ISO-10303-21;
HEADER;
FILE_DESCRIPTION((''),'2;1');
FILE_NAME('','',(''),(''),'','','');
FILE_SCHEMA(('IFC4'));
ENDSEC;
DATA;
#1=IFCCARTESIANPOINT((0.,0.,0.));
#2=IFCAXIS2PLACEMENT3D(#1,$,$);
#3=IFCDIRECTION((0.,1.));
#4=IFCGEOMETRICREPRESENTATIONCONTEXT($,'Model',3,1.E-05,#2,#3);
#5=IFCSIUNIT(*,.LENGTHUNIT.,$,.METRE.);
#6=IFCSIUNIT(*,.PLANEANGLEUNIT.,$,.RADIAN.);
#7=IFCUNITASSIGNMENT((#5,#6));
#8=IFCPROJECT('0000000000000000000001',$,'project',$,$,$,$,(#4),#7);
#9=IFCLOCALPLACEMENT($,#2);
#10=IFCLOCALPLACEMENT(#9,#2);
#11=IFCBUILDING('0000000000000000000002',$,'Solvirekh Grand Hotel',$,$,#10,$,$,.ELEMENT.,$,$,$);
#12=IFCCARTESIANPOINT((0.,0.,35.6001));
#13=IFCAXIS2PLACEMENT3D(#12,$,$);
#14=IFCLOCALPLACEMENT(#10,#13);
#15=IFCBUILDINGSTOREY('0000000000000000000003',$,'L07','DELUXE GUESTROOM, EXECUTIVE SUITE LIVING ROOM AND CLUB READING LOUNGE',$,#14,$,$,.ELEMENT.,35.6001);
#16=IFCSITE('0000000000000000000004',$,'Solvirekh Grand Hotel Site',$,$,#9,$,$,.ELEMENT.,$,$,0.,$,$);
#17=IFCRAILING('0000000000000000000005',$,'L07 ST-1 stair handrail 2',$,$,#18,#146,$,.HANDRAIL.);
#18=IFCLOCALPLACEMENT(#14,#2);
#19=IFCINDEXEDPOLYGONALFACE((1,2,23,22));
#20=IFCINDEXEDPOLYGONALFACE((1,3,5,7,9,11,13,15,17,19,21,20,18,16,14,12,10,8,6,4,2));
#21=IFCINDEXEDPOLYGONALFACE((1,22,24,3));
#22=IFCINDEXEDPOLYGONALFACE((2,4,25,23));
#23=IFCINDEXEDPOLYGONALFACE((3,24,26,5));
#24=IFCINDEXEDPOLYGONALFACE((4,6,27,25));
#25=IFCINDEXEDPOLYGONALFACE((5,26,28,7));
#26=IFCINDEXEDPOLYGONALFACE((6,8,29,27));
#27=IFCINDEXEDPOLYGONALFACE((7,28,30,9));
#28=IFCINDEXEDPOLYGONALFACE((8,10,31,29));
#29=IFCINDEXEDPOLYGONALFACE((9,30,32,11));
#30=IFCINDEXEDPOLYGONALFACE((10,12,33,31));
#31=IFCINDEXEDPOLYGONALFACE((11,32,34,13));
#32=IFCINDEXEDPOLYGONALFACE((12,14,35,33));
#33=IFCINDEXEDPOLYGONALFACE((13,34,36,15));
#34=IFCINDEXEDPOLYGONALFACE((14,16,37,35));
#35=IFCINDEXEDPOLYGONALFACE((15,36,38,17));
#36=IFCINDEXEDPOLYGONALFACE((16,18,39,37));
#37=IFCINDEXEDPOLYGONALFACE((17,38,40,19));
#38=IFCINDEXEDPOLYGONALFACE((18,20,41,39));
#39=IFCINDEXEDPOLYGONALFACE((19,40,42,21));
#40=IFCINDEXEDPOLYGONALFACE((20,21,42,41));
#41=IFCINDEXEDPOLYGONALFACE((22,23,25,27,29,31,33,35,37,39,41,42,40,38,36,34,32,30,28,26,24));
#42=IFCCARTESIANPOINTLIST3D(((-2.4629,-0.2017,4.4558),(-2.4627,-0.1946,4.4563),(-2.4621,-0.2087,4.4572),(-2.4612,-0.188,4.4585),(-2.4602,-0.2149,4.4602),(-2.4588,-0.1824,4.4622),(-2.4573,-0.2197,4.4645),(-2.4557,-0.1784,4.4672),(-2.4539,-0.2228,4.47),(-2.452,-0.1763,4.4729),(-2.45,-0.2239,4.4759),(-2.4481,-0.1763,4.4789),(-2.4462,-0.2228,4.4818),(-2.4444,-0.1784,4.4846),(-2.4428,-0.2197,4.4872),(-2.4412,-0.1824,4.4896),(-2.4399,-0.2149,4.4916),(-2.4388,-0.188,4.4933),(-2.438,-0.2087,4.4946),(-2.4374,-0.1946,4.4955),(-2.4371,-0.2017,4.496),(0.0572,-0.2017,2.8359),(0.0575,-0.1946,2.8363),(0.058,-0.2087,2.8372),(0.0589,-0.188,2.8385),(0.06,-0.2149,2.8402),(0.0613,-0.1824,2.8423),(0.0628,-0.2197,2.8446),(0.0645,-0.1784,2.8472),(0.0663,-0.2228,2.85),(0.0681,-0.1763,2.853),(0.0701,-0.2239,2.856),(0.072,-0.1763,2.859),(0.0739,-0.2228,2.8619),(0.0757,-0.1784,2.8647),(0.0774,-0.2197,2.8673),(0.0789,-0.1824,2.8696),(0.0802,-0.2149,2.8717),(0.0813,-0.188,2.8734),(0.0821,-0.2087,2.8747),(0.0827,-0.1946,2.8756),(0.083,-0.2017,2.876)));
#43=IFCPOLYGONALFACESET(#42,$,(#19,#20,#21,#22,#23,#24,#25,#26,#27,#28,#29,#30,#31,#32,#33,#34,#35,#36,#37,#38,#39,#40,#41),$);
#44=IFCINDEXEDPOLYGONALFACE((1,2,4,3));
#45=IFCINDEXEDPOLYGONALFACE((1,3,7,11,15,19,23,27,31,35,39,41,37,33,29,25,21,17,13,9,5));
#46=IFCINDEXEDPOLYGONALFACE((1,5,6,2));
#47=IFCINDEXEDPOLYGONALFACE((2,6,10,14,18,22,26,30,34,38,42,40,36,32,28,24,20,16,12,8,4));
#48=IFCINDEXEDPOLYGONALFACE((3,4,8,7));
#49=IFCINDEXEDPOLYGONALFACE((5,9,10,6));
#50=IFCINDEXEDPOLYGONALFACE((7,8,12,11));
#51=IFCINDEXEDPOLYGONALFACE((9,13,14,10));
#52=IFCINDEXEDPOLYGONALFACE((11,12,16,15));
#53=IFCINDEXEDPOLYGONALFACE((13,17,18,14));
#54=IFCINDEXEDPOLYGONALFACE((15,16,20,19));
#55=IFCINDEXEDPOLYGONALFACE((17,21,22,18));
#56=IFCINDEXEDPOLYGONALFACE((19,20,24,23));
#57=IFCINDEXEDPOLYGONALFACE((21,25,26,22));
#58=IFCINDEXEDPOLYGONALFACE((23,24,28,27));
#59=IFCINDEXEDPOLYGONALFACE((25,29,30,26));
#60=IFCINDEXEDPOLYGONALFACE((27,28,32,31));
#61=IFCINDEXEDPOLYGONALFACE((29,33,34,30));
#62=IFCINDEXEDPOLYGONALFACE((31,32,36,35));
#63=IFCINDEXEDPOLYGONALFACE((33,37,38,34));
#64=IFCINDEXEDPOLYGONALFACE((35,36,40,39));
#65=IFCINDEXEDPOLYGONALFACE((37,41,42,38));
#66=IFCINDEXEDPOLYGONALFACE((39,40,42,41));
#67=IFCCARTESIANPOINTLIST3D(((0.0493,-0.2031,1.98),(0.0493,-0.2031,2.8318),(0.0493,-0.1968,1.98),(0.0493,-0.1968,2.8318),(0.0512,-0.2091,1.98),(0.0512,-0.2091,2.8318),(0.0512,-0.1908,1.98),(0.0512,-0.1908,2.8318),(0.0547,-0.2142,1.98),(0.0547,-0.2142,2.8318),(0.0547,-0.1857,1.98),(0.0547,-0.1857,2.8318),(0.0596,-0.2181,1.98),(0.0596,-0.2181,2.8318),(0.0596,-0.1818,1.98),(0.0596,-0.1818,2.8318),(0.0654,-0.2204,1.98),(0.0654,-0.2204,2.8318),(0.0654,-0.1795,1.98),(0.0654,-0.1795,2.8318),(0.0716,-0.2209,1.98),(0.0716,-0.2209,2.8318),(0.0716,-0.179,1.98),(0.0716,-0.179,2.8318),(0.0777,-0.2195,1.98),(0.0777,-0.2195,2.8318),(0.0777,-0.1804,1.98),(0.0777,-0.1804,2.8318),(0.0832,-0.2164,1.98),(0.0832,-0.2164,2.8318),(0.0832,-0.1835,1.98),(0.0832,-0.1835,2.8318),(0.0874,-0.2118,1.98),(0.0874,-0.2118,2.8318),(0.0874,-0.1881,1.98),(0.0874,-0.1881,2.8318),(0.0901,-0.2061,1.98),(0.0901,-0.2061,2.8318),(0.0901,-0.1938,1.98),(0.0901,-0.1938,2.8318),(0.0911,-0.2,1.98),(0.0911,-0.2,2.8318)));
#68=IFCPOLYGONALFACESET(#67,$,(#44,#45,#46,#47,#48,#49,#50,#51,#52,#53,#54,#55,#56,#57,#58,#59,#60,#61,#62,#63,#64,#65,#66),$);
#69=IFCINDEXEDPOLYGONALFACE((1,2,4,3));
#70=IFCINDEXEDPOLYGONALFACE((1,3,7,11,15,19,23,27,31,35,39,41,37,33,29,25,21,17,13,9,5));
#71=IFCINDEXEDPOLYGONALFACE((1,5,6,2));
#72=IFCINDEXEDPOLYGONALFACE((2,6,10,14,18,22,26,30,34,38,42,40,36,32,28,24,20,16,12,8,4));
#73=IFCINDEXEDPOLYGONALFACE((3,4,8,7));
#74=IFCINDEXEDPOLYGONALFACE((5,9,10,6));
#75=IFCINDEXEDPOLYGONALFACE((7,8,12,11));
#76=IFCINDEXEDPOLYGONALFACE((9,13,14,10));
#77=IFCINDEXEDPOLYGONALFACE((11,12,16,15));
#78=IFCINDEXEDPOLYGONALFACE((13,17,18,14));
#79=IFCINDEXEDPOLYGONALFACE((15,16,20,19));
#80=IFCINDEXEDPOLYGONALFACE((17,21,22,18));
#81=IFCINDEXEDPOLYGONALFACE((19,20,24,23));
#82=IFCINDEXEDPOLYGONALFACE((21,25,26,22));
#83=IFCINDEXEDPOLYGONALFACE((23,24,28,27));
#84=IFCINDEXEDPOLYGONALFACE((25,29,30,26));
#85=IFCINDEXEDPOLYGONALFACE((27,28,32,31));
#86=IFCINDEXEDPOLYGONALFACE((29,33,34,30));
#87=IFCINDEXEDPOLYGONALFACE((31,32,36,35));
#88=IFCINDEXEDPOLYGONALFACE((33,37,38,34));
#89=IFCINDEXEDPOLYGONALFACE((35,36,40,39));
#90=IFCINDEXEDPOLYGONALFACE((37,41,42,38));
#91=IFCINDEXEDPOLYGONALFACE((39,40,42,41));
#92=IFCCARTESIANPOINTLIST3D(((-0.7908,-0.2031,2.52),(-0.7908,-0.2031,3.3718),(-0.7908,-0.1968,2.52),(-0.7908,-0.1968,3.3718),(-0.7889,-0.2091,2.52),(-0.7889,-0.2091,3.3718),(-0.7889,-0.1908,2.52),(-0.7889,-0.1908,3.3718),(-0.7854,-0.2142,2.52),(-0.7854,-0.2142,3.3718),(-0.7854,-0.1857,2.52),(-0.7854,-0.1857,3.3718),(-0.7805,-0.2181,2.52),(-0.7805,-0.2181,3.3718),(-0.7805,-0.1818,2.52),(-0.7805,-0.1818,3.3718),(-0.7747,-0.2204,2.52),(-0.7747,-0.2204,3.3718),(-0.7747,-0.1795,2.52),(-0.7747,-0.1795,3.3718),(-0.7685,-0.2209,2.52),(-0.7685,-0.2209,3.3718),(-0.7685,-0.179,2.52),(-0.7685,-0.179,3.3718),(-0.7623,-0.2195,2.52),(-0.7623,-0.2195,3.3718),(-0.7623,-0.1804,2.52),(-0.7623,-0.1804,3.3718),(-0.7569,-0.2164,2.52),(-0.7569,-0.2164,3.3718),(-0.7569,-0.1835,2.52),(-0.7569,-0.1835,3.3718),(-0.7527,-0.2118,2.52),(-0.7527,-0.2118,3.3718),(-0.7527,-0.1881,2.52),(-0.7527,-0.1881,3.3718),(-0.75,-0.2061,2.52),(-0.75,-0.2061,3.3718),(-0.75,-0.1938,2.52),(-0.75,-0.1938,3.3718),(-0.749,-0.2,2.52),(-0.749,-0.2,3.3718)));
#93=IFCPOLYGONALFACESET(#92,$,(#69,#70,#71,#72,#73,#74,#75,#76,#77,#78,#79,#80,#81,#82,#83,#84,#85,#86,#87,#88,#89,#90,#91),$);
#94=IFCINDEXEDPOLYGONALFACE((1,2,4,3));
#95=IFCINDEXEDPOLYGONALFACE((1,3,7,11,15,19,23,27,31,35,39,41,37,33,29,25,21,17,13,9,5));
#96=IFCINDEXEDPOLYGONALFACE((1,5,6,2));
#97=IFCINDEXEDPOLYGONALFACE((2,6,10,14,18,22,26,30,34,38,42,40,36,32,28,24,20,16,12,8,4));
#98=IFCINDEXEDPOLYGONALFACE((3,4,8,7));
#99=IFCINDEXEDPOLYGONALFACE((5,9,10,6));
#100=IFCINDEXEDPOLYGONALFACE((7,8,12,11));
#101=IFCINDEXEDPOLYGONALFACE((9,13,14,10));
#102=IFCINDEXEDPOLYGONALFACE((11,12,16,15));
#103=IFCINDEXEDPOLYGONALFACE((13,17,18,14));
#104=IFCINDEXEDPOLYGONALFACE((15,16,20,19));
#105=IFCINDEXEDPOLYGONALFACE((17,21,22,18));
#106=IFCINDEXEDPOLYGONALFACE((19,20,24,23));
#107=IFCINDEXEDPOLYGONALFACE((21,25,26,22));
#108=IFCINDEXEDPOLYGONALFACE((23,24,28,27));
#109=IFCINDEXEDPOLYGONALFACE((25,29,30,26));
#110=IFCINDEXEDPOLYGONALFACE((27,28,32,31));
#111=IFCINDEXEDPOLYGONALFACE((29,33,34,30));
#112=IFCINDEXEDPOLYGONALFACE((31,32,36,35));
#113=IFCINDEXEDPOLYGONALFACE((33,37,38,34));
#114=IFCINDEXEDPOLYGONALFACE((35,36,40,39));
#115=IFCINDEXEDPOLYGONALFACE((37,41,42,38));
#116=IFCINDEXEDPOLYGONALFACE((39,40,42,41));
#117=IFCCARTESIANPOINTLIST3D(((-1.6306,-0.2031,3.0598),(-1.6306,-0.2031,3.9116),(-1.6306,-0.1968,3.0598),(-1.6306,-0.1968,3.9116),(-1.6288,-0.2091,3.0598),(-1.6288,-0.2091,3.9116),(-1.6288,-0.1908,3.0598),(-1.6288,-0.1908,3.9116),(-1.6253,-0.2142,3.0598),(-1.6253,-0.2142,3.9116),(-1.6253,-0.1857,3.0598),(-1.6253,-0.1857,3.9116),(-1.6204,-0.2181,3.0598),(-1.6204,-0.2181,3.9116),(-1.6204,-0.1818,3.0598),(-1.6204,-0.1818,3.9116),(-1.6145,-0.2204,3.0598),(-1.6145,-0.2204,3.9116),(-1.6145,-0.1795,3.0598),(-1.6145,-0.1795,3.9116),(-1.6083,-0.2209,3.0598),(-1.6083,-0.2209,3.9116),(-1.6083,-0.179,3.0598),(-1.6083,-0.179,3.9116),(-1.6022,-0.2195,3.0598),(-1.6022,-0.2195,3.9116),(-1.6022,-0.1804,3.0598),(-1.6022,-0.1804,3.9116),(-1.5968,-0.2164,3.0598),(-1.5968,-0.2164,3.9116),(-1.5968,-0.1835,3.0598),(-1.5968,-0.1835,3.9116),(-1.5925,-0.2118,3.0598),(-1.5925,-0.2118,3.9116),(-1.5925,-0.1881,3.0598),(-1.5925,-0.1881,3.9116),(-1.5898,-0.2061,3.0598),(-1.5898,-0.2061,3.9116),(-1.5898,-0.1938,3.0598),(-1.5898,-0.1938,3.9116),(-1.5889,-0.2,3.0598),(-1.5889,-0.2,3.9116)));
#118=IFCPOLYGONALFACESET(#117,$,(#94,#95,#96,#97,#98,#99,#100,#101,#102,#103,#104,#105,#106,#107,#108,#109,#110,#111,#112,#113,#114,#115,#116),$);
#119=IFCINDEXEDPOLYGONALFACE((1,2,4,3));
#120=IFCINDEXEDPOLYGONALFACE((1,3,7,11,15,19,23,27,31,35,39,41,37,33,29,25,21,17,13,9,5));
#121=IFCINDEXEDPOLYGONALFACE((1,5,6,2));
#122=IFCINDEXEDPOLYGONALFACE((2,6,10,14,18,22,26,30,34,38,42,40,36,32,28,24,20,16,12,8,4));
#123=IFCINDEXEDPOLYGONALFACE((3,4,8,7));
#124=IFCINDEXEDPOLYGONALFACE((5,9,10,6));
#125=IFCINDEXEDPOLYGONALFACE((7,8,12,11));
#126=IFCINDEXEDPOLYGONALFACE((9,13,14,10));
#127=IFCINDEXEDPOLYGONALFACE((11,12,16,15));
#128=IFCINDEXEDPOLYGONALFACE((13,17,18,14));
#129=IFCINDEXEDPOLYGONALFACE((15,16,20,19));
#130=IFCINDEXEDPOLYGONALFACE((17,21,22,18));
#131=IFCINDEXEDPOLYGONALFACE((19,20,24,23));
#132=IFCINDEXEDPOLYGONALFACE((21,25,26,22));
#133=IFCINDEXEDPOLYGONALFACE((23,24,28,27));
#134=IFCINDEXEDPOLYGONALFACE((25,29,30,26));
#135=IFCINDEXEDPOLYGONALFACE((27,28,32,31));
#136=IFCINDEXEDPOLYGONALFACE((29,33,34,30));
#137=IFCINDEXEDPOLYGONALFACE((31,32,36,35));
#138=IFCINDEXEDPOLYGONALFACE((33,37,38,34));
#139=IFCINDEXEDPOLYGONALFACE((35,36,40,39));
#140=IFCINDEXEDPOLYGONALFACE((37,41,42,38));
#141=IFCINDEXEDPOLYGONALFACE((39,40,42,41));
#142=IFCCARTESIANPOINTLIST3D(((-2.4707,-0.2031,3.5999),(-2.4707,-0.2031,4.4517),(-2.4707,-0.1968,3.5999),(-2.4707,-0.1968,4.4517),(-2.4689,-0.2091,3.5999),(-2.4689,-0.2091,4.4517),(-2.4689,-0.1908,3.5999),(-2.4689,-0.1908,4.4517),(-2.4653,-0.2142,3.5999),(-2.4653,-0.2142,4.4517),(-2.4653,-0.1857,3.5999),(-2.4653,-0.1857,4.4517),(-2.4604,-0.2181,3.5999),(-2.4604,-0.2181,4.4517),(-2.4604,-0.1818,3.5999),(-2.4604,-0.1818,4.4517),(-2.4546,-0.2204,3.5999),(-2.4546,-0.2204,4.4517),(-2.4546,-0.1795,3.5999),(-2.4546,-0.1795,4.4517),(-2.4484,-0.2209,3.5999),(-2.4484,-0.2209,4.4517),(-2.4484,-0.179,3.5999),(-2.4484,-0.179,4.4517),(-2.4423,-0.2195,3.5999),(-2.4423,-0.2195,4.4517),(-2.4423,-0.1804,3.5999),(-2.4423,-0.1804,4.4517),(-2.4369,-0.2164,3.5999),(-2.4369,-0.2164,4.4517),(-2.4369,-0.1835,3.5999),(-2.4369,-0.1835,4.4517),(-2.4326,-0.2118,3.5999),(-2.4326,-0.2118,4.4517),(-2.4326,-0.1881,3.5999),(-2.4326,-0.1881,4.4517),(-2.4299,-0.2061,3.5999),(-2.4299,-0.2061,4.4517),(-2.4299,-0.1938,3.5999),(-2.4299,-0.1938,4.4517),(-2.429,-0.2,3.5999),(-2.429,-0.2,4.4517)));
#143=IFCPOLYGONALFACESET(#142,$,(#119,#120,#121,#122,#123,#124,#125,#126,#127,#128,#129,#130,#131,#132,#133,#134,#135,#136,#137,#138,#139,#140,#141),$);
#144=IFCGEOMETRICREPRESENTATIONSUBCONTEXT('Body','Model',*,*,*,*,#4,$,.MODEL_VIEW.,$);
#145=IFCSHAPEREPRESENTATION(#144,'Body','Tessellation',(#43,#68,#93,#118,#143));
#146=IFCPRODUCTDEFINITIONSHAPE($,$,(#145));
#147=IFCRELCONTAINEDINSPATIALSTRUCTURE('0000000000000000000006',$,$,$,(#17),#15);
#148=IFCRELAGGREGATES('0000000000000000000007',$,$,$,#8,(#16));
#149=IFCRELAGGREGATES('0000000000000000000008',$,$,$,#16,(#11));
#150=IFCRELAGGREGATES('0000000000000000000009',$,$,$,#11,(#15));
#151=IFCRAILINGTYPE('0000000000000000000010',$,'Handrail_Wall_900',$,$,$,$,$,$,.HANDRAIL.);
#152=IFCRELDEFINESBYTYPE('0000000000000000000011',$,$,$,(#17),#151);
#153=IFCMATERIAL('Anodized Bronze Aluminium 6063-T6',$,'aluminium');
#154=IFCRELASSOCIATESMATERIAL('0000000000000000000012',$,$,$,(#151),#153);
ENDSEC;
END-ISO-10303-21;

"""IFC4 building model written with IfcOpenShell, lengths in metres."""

from ifc_helpers import new_model, si_unit, direction, frame, origin, origin_2d, place, context, subcontext, project, spatial, circle, extrude, material, type_object, element, save


model = new_model("IFC4")

# Units and contexts
model_context = context("Model", 3, precision=1e-05, world=origin(), true_north=direction((0.0, 1.0)))
body_context = subcontext(model_context, "Body", "Model", "MODEL_VIEW")
ifc_project = project(units=[si_unit("LENGTHUNIT", "METRE"), si_unit("PLANEANGLEUNIT", "RADIAN")], contexts=[model_context])

# Site, building, storey
site_placement = place(None, origin())
site = spatial("IfcSite", under=ifc_project, at=site_placement, Name="Solvirekh Grand Hotel Site", CompositionType="ELEMENT", RefElevation=0.0)
building_placement = place(site_placement, origin())
building = spatial("IfcBuilding", under=site, at=building_placement, Name="Solvirekh Grand Hotel", CompositionType="ELEMENT")
storey_placement = place(building_placement, frame((0.0, 0.0, 35.6001)))
storey = spatial("IfcBuildingStorey", under=building, at=storey_placement, Name="L07", Description="DELUXE GUESTROOM, EXECUTIVE SUITE LIVING ROOM AND CLUB READING LOUNGE", CompositionType="ELEMENT", Elevation=35.6001)

# Railing
ifc_material_1 = material(Name="Anodized Bronze Aluminium 6063-T6", Category="aluminium")
railing_type_1 = type_object("IfcRailingType", Name="Handrail_Wall_900", PredefinedType="HANDRAIL", material=ifc_material_1)
railing_1_placement = place(storey_placement, frame((0.0701, -0.2, 1.98)))
element("IfcRailing", 1, at=railing_1_placement, inside=storey, type_object=railing_type_1, Name="L07 ST-1 stair handrail 2", PredefinedType="HANDRAIL", context=body_context, shape_type="SweptSolid", body=[
    extrude(circle(Radius=0.0239, at=origin_2d()), frame((0.0, 0.0, 0.876), z_axis=(-0.8412, 0.0, 0.540725), x_axis=(0.0, -1.0, 0.0)), (0.0, 0.0, 1.0), 2.9958),
    extrude(circle(Radius=0.021, at=origin_2d()), origin(), (0.0, 0.0, 1.0), 0.8518),
    extrude(circle(Radius=0.021, at=origin_2d()), frame((-0.8401, 0.0, 0.54)), (0.0, 0.0, 1.0), 0.8518),
    extrude(circle(Radius=0.021, at=origin_2d()), frame((-1.6799, 0.0, 1.0798)), (0.0, 0.0, 1.0), 0.8518),
    extrude(circle(Radius=0.021, at=origin_2d()), frame((-2.52, 0.0, 1.6199)), (0.0, 0.0, 1.0), 0.8518),
])

save(model, "model.ifc")
